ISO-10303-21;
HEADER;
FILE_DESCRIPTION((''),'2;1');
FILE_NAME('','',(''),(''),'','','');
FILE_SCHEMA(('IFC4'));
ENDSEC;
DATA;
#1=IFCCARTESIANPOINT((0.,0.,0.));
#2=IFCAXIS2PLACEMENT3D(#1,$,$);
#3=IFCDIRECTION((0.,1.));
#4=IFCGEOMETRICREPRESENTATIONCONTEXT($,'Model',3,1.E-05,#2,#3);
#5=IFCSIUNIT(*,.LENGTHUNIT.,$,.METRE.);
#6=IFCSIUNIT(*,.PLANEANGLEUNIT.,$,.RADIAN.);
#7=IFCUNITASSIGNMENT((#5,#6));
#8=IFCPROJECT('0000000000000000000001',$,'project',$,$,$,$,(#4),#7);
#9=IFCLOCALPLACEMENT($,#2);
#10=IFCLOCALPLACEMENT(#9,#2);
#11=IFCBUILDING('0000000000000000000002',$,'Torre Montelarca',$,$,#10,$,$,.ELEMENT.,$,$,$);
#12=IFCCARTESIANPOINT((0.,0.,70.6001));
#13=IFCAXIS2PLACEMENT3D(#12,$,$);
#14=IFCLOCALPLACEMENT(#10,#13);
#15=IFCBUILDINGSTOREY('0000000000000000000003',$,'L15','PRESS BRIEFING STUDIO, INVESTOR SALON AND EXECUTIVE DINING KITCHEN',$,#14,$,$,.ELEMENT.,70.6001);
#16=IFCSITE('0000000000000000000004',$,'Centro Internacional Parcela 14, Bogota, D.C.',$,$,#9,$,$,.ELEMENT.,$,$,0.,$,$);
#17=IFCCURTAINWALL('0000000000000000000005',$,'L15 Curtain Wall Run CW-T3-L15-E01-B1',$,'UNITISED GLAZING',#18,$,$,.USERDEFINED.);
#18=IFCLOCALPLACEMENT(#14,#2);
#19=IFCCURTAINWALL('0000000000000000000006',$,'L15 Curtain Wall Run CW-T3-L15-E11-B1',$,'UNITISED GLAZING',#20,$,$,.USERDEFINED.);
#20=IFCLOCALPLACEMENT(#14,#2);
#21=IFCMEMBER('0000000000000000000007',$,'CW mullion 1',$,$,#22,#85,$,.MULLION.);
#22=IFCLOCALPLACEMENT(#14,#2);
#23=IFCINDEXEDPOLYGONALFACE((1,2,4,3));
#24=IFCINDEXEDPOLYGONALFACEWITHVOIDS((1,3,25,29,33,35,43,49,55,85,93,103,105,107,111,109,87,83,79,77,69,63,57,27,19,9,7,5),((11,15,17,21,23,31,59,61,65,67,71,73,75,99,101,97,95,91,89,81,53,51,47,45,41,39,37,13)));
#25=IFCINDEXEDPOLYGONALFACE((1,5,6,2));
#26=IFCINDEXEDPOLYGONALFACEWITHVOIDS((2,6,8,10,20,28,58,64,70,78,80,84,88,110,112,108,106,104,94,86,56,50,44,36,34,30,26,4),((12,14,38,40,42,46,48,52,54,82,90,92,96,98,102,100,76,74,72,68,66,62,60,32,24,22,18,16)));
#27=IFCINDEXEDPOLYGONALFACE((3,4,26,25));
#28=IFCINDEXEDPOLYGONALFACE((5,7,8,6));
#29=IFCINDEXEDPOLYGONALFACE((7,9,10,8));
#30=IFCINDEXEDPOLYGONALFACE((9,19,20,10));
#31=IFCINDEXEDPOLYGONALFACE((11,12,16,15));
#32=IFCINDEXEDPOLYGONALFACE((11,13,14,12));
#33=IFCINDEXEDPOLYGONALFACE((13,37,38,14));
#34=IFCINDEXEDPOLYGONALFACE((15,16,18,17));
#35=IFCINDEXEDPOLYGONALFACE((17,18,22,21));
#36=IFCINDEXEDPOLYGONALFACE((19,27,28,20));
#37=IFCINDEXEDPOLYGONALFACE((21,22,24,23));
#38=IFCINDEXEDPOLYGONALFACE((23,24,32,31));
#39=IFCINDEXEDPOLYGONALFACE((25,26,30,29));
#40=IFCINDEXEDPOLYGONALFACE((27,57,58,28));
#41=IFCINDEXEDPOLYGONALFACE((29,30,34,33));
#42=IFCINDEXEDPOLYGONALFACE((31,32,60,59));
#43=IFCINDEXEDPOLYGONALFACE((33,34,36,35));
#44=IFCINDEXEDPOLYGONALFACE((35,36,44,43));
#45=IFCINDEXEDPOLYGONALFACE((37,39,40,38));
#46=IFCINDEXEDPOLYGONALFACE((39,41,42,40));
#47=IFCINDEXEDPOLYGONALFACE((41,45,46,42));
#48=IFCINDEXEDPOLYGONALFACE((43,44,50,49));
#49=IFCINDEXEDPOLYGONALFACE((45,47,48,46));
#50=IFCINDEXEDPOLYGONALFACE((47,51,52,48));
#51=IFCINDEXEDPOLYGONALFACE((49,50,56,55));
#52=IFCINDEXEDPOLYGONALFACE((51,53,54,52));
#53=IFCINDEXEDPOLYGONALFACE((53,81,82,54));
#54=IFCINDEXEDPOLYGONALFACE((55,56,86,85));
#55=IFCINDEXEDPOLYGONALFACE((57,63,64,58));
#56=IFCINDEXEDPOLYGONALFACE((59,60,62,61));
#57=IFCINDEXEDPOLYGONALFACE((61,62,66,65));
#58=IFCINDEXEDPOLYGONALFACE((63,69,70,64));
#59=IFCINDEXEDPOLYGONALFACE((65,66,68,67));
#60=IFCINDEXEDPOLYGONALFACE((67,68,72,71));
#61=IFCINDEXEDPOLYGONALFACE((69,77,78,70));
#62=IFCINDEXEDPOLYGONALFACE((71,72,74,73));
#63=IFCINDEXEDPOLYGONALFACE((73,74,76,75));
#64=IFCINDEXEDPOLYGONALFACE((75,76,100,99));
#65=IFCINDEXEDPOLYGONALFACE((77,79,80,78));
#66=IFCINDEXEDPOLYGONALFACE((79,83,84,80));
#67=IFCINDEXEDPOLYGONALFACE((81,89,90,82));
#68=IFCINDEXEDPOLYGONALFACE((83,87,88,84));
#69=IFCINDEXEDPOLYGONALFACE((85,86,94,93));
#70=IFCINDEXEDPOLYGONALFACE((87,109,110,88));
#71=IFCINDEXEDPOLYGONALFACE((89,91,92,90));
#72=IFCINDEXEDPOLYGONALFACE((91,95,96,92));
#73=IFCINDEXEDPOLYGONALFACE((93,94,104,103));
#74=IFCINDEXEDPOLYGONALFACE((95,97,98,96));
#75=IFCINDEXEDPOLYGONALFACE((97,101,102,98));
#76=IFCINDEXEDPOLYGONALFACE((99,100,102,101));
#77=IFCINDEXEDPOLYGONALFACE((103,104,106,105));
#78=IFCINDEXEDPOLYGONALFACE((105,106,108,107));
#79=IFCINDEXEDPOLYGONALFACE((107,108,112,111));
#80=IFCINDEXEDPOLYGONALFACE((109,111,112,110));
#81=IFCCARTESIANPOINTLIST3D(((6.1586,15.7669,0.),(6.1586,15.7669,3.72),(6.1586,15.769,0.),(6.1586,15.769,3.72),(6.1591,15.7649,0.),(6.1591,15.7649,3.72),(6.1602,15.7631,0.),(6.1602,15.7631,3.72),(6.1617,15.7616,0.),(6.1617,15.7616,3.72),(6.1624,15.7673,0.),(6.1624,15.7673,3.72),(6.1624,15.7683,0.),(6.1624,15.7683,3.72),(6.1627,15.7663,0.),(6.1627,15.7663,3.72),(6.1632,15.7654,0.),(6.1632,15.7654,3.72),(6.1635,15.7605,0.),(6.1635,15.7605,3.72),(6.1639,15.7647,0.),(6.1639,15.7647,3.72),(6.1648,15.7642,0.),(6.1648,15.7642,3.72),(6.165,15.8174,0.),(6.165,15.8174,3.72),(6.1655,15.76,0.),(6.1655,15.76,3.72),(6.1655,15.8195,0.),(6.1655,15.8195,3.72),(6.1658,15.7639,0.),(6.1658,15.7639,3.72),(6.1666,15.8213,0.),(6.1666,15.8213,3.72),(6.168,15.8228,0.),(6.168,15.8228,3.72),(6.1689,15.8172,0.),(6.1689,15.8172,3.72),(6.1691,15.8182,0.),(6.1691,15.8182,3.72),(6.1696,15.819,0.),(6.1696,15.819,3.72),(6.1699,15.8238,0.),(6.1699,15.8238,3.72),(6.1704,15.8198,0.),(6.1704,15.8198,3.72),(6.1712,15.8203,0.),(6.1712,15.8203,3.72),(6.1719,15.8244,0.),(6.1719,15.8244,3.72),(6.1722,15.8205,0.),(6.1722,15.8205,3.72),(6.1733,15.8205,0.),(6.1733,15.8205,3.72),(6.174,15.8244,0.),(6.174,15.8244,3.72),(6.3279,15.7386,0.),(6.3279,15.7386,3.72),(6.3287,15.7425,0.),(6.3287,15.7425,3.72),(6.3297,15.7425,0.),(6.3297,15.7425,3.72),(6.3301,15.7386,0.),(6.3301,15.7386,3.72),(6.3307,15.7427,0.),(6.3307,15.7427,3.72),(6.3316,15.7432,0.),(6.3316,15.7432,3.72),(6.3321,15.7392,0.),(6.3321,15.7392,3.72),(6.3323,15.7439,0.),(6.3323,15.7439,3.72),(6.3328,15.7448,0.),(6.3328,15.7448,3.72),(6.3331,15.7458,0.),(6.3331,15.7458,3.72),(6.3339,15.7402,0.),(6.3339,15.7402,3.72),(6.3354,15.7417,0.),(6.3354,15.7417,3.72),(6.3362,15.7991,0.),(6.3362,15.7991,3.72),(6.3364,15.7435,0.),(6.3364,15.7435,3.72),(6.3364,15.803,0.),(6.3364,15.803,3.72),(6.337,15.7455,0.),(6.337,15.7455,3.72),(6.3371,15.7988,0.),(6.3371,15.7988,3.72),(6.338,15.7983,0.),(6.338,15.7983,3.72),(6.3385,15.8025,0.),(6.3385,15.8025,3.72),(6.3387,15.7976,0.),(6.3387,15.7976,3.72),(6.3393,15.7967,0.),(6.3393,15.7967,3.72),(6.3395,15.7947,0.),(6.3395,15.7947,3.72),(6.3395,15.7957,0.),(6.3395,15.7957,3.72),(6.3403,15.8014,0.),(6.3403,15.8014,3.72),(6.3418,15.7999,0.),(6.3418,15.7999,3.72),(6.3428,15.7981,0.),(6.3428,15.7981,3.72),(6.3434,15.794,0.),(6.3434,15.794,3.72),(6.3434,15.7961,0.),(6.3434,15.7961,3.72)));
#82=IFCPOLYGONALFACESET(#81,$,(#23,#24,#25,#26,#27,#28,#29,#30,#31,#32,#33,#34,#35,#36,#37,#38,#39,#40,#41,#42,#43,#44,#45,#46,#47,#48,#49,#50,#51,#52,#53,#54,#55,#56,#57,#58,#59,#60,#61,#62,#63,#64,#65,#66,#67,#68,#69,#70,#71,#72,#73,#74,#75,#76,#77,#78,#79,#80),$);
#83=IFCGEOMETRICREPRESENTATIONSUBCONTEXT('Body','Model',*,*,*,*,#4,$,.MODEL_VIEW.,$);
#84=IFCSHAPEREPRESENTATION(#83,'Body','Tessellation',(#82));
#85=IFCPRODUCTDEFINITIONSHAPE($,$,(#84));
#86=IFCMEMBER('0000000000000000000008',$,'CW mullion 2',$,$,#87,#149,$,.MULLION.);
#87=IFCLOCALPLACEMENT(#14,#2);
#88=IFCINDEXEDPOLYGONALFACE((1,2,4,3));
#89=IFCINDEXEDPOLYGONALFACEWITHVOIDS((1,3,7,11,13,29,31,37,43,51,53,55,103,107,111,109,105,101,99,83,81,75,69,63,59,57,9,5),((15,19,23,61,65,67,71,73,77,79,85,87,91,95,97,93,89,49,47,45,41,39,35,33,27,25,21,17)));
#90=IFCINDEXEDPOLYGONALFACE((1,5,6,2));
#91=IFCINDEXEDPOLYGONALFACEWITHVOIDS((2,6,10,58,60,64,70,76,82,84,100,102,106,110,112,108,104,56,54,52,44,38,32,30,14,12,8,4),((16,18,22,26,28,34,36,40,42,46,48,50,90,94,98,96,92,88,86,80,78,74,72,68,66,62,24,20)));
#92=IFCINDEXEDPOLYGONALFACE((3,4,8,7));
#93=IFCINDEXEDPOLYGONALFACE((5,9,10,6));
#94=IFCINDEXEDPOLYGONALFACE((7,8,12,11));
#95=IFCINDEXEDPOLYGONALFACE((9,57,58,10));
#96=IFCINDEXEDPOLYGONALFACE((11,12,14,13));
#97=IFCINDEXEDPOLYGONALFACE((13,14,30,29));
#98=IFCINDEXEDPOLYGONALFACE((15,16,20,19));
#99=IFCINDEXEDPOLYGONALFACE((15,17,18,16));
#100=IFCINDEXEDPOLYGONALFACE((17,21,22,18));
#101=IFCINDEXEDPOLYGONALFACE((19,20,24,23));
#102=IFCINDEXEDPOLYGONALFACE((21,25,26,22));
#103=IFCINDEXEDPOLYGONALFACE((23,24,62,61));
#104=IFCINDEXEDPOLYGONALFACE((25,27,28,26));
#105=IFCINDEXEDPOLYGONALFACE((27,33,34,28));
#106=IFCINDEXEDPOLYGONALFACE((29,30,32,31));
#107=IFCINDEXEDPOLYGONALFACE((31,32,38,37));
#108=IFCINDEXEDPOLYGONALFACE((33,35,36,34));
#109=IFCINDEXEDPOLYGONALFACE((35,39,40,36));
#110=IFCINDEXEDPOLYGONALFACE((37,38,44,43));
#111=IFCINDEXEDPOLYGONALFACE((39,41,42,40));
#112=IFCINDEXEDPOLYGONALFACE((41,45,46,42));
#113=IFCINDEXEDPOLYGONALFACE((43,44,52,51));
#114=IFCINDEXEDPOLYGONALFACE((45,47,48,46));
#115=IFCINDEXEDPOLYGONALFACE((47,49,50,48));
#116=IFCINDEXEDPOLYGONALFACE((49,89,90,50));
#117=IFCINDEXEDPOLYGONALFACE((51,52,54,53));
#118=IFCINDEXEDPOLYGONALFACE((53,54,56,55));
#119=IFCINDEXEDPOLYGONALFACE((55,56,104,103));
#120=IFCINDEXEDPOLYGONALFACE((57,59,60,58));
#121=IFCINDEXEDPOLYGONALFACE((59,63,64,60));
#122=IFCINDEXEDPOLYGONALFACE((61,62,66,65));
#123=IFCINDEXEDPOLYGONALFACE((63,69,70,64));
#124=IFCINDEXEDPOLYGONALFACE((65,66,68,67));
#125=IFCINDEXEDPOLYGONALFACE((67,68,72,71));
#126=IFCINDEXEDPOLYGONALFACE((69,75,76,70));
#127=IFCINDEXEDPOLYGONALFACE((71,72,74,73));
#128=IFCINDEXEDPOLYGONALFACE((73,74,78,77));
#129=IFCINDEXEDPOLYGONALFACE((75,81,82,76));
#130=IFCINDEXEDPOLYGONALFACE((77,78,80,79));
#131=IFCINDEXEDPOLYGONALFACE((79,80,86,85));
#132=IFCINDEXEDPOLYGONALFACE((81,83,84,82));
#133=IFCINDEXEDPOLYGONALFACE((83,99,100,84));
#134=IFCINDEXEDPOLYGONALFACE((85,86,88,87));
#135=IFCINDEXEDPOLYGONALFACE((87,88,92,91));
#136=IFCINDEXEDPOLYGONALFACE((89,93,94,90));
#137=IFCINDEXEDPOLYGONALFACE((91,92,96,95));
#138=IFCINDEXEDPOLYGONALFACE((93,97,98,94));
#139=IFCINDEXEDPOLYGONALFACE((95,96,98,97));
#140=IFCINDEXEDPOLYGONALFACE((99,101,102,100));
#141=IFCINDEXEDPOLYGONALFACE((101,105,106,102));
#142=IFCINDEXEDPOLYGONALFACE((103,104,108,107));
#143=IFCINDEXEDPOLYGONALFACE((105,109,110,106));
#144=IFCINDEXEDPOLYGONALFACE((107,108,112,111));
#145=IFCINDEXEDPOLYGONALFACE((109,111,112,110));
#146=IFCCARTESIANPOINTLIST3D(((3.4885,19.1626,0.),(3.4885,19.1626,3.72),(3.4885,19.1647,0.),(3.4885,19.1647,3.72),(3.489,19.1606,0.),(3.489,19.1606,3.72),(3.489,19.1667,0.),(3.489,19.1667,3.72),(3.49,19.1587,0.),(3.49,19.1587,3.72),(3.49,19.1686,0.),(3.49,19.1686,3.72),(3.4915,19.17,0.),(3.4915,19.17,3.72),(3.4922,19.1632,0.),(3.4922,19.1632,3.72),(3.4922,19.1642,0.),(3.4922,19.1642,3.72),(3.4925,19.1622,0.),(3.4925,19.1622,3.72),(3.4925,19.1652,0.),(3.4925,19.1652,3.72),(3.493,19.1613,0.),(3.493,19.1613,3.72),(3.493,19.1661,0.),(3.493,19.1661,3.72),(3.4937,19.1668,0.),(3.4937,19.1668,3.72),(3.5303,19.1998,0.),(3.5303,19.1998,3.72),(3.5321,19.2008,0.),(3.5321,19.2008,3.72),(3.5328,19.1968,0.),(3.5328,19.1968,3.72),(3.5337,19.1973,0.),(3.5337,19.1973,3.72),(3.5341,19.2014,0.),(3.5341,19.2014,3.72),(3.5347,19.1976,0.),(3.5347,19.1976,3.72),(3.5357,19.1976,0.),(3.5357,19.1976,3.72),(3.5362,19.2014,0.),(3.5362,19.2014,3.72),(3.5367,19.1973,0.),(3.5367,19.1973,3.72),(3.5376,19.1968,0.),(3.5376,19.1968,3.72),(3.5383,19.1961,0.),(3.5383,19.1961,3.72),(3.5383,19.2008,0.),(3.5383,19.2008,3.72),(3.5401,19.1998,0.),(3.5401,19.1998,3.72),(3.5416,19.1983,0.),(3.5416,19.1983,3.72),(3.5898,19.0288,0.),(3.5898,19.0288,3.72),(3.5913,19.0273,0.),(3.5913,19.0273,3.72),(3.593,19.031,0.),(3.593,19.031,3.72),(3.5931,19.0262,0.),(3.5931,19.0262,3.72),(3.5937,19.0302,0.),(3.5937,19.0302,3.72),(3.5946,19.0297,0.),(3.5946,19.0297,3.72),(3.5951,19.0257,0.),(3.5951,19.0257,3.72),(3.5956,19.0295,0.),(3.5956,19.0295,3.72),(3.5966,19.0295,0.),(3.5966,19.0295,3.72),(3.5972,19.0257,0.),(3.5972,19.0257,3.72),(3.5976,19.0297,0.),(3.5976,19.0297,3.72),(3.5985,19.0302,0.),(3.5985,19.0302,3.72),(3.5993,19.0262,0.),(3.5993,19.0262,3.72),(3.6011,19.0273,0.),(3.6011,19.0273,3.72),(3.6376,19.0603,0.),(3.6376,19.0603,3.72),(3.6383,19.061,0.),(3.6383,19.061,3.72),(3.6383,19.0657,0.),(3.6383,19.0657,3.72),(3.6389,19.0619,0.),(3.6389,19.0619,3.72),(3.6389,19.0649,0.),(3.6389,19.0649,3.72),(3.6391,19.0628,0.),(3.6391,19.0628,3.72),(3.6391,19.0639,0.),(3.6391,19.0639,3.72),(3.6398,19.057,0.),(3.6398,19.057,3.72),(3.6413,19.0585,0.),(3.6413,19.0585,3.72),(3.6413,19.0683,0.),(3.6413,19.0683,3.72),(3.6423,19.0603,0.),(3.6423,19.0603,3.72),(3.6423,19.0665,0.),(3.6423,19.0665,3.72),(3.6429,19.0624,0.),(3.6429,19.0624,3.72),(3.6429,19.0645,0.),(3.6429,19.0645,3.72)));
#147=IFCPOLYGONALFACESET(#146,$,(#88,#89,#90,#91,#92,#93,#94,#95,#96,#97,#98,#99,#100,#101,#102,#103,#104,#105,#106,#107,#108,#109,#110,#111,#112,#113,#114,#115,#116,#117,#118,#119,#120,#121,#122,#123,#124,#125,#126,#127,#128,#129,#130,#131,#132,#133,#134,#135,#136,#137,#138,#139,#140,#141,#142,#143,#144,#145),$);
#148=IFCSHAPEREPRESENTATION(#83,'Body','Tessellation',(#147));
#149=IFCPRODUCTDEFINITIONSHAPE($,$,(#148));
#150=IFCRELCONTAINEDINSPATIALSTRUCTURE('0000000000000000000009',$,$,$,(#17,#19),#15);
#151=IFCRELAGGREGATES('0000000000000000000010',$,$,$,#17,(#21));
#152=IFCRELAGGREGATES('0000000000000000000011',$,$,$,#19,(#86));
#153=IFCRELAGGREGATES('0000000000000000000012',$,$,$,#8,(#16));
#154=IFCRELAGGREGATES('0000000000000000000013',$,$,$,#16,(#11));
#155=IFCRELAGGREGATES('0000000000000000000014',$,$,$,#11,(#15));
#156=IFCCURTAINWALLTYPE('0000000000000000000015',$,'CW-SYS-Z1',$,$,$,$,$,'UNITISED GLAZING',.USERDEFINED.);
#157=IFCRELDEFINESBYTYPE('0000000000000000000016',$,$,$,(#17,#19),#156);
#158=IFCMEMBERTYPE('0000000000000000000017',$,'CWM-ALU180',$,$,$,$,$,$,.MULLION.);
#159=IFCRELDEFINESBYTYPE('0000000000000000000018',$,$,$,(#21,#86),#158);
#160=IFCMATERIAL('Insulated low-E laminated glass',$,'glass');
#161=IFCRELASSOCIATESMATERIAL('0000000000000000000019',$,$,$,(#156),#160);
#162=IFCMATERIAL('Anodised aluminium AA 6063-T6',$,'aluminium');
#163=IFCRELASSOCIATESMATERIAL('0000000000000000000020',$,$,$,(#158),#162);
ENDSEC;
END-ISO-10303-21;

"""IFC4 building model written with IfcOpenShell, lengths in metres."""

from ifc_helpers import new_model, si_unit, direction, frame, origin, origin_2d, place, context, subcontext, project, spatial, hollow_rectangle, extrude, source, transform, mapped, material, material_profile, profile_set, type_object, element, aggregate, save


model = new_model("IFC4")

# Units and contexts
model_context = context("Model", 3, precision=1e-05, world=origin(), true_north=direction((0.0, 1.0)))
body_context = subcontext(model_context, "Body", "Model", "MODEL_VIEW")
ifc_project = project(units=[si_unit("LENGTHUNIT", "METRE"), si_unit("PLANEANGLEUNIT", "RADIAN")], contexts=[model_context])

# Site, building, storey
site_placement = place(None, origin())
site = spatial("IfcSite", under=ifc_project, at=site_placement, Name="Centro Internacional Parcela 14, Bogota, D.C.", CompositionType="ELEMENT", RefElevation=0.0)
building_placement = place(site_placement, origin())
building = spatial("IfcBuilding", under=site, at=building_placement, Name="Torre Montelarca", CompositionType="ELEMENT")
storey_placement = place(building_placement, frame((0.0, 0.0, 70.6001)))
storey = spatial("IfcBuildingStorey", under=building, at=storey_placement, Name="L15", Description="PRESS BRIEFING STUDIO, INVESTOR SALON AND EXECUTIVE DINING KITCHEN", CompositionType="ELEMENT", Elevation=70.6001)

# Curtain walls
ifc_material_1 = material(Name="Insulated low-E laminated glass", Category="glass")
curtain_wall_type = type_object("IfcCurtainWallType", Name="CW-SYS-Z1", ElementType="UNITISED GLAZING", PredefinedType="USERDEFINED", material=ifc_material_1)
curtain_wall_1_placement = place(storey_placement, origin())
curtain_wall_1 = element("IfcCurtainWall", 1, at=curtain_wall_1_placement, inside=storey, type_object=curtain_wall_type, Name="L15 Curtain Wall Run CW-T3-L15-E01-B1", ObjectType="UNITISED GLAZING", PredefinedType="USERDEFINED")
ifc_material_2 = material(Name="Anodised aluminium AA 6063-T6", Category="aluminium")
curtain_wall_2_placement = place(storey_placement, origin())
curtain_wall_2 = element("IfcCurtainWall", 2, at=curtain_wall_2_placement, inside=storey, type_object=curtain_wall_type, Name="L15 Curtain Wall Run CW-T3-L15-E11-B1", ObjectType="UNITISED GLAZING", PredefinedType="USERDEFINED")

# Members
ifc_material_profile_1 = material_profile(ifc_material_2, hollow_rectangle(XDim=0.0649, YDim=0.1799, WallThickness=0.0039, InnerFilletRadius=0.0039, OuterFilletRadius=0.0081, at=origin_2d()), Name="ALU65X180X4", Category="aluminium")
ifc_profile_set_1 = profile_set([ifc_material_profile_1], Name="Anodised aluminium AA 6063-T6")
member_type_1 = type_object("IfcMemberType", Name="CWM-ALU180", PredefinedType="MULLION", material=ifc_profile_set_1)
shared_shape_1 = source(origin(), body_context, "Body", "SweptSolid", [
    extrude(hollow_rectangle(XDim=0.0649, YDim=0.1799, WallThickness=0.0039, InnerFilletRadius=0.0039, OuterFilletRadius=0.0081, at=origin_2d()), origin(), (0.0, 0.0, 1.0), 3.72),
])
member_1_placement = place(storey_placement, frame((6.251, 15.7815, 0.0), z_axis=(0.0, 0.0, 1.0), x_axis=(0.130519, 0.991446, 0.0)))
member_1 = element("IfcMember", 3, at=member_1_placement, type_object=member_type_1, Name="CW mullion 1", PredefinedType="MULLION", context=body_context, shape_type="MappedRepresentation", body=[
    mapped(shared_shape_1, transform((0.0, 0.0, 0.0), scale=1.0)),
])
member_2_placement = place(storey_placement, frame((3.5657, 19.1135, 0.0), z_axis=(0.0, 0.0, 1.0), x_axis=(0.793352, 0.608763, 0.0)))
member_2 = element("IfcMember", 4, at=member_2_placement, type_object=member_type_1, Name="CW mullion 2", PredefinedType="MULLION", context=body_context, shape_type="MappedRepresentation", body=[
    mapped(shared_shape_1, transform((0.0, 0.0, 0.0), scale=1.0)),
])

aggregate(curtain_wall_1, [member_1])
aggregate(curtain_wall_2, [member_2])

save(model, "model.ifc")
